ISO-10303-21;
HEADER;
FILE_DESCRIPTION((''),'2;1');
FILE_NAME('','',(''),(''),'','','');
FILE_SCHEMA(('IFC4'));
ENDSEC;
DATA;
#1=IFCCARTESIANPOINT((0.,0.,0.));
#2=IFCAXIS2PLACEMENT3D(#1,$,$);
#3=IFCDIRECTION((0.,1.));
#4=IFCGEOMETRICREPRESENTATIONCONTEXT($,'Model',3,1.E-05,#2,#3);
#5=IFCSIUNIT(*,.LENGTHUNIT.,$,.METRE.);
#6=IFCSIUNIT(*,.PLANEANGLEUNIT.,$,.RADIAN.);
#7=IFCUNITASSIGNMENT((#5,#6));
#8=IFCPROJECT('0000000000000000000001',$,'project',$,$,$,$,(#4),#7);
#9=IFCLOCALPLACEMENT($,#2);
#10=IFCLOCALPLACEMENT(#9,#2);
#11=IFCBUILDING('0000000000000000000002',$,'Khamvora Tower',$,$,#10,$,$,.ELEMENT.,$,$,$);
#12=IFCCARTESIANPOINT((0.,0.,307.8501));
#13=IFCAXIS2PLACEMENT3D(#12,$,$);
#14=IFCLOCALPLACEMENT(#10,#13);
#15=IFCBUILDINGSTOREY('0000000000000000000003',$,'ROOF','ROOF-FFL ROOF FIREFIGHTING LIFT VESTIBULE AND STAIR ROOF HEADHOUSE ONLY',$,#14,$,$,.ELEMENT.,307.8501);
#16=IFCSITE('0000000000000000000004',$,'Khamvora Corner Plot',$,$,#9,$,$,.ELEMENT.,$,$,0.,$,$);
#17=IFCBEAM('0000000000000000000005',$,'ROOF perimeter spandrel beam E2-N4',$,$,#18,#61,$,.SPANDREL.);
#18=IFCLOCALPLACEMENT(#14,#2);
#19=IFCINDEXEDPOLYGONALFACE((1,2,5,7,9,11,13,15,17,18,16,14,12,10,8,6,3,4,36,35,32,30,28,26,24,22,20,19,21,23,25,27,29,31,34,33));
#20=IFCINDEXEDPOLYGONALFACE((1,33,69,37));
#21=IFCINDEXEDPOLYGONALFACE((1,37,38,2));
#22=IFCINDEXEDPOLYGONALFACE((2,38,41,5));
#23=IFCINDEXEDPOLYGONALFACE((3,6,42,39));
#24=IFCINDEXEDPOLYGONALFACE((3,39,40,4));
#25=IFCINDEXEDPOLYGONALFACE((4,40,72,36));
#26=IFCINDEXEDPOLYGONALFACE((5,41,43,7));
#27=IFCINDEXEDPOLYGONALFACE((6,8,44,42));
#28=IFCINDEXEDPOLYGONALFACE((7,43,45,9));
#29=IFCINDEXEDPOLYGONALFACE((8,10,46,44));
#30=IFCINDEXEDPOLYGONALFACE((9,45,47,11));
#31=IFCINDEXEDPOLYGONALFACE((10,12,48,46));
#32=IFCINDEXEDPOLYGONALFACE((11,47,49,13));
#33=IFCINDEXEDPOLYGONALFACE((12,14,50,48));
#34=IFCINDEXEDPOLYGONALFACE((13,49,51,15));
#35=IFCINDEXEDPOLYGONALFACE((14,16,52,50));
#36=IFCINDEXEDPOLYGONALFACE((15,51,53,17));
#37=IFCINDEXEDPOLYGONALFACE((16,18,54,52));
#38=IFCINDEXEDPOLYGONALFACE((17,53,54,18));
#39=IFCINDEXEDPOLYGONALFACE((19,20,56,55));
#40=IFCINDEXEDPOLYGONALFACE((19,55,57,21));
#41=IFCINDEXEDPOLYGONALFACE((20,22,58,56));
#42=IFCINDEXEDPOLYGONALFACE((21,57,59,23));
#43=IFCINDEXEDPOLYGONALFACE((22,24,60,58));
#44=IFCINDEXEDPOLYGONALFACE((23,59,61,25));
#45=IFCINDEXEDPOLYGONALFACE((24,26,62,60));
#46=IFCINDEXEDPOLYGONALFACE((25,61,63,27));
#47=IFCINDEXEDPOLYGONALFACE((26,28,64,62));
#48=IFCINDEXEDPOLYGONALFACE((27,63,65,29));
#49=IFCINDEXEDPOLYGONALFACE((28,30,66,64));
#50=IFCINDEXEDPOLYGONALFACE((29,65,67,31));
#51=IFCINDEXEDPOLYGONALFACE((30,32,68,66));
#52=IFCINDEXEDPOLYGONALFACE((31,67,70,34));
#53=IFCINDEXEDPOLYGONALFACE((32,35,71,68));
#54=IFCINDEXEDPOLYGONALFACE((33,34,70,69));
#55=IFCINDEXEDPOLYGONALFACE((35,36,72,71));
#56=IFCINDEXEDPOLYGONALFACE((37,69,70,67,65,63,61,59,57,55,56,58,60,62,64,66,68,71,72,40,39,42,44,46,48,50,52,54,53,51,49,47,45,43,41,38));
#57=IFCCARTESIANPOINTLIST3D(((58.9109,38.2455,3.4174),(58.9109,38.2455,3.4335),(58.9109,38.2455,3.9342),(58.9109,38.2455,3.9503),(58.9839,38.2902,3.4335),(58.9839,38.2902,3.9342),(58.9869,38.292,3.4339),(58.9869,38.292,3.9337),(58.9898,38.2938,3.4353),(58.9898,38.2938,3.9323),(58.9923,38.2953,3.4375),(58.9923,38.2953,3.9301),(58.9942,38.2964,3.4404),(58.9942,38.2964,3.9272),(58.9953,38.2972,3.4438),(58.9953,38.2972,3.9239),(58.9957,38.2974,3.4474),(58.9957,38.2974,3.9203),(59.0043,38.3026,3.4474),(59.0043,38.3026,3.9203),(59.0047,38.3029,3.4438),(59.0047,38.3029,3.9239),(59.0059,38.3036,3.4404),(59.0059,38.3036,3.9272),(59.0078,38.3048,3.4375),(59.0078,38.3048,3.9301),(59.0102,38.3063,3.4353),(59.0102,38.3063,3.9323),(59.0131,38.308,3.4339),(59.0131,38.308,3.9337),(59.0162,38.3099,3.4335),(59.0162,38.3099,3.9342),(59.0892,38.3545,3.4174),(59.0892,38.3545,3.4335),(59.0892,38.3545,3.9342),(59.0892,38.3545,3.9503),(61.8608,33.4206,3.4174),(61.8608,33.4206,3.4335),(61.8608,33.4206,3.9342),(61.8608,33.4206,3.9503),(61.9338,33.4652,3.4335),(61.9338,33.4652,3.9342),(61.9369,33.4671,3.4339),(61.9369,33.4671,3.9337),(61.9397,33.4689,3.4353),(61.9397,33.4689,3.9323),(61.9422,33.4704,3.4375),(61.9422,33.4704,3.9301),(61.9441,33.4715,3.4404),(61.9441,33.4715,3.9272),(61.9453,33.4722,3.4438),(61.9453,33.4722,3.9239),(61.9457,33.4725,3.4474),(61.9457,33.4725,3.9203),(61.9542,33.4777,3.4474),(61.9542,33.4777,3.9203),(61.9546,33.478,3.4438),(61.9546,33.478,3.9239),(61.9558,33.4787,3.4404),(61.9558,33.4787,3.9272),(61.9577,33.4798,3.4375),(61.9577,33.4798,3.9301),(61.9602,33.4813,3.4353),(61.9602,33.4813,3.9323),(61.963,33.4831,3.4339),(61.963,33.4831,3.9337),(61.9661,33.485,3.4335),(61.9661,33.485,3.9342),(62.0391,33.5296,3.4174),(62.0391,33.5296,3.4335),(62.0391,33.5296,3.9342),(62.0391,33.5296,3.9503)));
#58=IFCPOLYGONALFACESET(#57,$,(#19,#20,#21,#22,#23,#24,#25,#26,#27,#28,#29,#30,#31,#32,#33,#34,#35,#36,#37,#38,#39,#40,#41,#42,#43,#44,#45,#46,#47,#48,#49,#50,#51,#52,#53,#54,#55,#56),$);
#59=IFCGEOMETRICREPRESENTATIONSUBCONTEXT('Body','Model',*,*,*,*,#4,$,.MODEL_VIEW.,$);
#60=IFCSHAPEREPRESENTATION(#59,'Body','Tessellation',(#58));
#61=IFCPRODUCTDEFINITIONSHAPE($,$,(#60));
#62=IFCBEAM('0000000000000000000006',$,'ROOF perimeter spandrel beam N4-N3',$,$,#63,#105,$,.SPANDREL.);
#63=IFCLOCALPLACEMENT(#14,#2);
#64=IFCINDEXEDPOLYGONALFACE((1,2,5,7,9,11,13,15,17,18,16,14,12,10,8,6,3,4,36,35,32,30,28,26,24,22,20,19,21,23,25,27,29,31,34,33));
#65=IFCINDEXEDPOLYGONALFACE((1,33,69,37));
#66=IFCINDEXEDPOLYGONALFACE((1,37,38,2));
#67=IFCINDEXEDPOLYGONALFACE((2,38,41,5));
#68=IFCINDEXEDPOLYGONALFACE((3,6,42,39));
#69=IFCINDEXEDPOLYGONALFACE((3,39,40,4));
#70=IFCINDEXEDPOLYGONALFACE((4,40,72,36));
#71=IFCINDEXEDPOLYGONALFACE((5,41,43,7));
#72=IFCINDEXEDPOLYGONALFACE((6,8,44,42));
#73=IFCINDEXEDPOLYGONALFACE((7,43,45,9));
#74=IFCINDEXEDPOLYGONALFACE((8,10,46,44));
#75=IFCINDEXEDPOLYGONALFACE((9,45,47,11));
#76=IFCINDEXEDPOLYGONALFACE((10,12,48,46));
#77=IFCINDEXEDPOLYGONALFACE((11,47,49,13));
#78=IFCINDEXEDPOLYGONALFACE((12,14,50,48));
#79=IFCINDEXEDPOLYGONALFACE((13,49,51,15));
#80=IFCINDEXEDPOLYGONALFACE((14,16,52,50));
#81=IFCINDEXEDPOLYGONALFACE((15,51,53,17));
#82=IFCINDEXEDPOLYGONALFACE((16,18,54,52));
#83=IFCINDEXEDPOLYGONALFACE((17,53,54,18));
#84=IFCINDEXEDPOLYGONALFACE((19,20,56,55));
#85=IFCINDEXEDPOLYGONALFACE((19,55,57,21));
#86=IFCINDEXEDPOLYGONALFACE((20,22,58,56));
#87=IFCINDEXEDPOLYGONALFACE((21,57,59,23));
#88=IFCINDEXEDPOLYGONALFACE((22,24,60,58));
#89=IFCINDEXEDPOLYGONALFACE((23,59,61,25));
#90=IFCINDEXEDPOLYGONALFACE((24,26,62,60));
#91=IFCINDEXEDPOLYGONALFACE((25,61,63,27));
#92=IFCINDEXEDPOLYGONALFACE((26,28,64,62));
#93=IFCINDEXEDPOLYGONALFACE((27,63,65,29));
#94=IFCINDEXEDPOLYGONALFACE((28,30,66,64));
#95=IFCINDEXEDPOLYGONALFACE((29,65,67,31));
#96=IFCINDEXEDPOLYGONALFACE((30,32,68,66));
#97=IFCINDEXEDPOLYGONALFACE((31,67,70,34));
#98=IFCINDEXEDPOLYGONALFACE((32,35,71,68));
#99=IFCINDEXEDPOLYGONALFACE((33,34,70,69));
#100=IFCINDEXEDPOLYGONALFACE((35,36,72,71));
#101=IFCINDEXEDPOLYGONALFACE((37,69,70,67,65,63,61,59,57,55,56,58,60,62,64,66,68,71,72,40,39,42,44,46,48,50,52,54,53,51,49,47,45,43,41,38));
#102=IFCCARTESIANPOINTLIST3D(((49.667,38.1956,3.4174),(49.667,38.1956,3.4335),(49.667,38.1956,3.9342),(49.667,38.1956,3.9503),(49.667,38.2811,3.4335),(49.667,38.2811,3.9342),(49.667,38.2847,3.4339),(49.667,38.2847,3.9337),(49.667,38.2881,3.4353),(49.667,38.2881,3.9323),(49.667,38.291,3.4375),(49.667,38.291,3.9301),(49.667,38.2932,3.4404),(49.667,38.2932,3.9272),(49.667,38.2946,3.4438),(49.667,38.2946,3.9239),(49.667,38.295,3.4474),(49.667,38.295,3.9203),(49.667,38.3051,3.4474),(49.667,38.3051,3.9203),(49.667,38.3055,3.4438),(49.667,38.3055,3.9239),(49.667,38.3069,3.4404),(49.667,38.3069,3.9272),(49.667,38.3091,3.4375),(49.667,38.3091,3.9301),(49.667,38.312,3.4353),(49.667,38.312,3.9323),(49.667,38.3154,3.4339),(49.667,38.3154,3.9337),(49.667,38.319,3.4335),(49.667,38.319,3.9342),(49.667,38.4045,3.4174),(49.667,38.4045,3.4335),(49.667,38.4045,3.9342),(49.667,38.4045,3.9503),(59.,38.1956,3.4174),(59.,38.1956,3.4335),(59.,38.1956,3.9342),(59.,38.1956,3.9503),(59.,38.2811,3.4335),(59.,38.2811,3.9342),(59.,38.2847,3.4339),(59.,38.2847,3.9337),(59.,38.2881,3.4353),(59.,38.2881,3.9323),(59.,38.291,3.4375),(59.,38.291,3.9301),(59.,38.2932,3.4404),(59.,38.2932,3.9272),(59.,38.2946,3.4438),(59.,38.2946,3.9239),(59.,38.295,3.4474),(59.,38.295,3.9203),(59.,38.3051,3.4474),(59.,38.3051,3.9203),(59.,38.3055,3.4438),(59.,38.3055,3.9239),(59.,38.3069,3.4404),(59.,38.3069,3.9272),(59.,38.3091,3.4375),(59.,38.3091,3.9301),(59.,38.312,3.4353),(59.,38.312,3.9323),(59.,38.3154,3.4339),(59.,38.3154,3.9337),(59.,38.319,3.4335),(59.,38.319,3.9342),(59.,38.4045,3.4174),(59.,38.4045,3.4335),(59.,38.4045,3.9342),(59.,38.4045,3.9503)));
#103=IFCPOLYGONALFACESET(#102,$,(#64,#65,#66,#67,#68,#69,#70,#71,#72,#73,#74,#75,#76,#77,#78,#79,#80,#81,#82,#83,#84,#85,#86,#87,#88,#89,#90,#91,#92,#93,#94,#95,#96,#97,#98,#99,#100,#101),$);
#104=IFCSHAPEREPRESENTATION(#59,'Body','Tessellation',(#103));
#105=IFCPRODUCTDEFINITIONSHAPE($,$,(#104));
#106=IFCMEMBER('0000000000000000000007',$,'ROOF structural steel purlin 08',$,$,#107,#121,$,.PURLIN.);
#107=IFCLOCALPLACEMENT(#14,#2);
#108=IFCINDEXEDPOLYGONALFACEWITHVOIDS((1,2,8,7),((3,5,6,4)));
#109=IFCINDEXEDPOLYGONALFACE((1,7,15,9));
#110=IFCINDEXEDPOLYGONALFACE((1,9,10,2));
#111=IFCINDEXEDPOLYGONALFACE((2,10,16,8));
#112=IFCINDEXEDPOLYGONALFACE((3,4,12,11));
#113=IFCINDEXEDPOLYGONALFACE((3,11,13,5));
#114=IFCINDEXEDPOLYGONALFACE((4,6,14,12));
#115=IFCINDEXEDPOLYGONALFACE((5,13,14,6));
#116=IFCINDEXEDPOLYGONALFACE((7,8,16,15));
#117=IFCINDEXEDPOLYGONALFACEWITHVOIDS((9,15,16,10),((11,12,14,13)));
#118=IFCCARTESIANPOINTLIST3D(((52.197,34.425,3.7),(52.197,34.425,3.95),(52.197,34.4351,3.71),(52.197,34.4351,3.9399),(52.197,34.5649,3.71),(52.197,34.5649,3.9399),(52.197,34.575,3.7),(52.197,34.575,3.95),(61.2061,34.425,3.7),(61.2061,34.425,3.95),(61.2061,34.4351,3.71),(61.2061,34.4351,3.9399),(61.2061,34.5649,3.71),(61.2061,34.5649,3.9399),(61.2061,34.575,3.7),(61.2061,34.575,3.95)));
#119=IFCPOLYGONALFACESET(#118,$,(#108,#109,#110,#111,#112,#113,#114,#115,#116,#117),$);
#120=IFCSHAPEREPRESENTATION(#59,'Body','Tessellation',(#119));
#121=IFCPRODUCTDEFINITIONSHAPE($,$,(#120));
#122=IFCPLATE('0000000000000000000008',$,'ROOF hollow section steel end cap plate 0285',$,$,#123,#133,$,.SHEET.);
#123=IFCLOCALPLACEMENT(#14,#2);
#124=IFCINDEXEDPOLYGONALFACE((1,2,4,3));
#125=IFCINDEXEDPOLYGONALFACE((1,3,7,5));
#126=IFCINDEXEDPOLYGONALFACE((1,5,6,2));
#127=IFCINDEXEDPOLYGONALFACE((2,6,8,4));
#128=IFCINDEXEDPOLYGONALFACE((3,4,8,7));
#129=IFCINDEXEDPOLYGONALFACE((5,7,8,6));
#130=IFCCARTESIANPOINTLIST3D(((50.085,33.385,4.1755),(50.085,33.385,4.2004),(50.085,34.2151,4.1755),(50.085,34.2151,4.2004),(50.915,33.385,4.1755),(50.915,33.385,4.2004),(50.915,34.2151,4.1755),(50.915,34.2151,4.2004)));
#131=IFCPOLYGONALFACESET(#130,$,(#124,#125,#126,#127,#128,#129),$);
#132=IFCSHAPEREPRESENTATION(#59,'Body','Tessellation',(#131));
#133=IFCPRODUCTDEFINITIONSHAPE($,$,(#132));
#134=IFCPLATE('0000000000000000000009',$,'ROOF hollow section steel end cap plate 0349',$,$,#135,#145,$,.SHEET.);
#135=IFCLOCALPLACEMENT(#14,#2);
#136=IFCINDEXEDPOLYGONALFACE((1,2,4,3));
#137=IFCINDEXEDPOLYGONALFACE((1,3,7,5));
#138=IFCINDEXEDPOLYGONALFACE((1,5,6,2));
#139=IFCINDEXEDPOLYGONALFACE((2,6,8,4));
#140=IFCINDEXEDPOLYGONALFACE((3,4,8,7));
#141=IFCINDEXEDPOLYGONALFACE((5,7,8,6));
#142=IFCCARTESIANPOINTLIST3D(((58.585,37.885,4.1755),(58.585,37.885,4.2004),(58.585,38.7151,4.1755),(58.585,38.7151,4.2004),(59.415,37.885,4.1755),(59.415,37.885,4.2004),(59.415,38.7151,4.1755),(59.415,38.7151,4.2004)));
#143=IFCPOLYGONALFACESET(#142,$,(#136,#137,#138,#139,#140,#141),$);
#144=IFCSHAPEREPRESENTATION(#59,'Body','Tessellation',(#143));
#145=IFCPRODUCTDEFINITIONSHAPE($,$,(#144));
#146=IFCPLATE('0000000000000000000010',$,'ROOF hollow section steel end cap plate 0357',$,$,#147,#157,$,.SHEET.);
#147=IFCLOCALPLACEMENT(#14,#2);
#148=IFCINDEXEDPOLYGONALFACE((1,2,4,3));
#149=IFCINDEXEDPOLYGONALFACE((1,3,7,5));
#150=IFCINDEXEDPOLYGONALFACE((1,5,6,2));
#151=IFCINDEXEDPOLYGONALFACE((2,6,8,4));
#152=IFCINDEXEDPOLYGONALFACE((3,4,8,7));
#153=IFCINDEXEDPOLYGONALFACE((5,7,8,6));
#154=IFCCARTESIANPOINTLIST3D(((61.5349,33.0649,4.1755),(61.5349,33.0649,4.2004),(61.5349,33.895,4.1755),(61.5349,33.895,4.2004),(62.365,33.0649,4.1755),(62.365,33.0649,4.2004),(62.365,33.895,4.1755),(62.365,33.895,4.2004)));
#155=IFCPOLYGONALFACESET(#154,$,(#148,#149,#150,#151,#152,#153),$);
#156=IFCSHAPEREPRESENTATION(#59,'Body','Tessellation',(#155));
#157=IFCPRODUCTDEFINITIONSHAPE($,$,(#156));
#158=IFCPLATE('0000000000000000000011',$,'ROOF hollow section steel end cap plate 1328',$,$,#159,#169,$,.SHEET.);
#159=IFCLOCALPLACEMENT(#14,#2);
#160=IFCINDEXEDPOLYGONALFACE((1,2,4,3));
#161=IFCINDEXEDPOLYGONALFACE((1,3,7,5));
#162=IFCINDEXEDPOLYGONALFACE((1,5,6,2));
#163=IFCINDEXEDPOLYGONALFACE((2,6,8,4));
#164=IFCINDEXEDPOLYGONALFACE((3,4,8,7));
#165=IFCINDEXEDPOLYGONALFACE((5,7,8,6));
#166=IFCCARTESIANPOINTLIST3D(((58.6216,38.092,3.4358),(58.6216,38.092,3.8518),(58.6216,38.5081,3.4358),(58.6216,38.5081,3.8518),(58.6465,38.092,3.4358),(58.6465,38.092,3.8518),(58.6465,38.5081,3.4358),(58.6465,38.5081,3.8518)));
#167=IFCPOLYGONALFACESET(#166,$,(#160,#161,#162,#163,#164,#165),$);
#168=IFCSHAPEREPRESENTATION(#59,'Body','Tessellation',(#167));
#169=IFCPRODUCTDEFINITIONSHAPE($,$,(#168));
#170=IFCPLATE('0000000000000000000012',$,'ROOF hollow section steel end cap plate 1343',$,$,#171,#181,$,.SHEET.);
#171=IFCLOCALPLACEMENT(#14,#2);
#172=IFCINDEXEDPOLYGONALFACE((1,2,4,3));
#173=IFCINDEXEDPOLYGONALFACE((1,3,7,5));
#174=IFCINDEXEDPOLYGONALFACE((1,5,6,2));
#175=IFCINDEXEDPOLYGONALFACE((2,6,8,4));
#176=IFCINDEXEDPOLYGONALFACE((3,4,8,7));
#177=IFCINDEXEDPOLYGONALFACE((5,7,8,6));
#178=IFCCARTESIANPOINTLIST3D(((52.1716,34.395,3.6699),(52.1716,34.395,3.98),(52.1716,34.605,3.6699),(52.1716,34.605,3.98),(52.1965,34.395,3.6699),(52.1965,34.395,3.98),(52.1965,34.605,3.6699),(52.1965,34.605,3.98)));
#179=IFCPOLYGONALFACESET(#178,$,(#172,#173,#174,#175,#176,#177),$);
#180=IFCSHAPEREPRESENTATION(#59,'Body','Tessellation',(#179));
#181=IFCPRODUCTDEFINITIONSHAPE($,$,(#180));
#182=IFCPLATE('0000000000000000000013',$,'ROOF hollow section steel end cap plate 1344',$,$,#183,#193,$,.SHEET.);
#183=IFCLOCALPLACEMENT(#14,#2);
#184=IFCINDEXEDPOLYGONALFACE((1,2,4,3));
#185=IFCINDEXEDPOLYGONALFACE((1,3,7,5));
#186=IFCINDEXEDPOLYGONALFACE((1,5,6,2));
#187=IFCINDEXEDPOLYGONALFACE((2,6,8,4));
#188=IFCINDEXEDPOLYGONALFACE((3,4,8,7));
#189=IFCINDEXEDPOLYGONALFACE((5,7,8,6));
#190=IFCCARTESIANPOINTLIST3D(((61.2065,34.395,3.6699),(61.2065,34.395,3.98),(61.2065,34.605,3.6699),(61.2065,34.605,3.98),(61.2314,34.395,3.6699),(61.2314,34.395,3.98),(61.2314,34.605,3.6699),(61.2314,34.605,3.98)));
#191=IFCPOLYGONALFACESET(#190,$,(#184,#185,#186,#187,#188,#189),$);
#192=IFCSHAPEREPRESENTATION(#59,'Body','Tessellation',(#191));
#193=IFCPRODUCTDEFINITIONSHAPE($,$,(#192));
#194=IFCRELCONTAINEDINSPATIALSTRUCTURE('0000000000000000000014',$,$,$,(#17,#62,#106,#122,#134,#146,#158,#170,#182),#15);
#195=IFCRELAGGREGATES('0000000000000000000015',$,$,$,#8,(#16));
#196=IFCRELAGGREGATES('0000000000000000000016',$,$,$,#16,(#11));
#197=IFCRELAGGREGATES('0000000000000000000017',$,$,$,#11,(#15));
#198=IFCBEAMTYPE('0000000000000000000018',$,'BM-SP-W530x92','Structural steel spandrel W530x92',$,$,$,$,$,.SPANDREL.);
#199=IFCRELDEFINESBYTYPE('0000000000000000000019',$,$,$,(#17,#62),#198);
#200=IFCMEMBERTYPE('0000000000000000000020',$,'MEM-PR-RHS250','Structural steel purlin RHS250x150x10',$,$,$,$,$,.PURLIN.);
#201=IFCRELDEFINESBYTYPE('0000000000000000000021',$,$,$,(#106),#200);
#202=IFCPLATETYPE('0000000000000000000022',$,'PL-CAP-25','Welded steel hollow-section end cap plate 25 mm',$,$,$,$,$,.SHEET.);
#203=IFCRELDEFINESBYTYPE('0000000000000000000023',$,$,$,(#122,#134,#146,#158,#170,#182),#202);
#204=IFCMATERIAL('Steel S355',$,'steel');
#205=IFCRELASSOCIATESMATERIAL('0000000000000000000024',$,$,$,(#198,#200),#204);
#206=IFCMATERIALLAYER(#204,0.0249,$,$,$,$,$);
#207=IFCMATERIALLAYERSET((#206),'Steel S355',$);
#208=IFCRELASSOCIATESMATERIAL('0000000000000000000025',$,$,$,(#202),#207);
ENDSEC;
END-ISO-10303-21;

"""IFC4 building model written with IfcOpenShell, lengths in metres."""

from ifc_helpers import new_model, si_unit, direction, frame, origin, origin_2d, place, context, subcontext, project, spatial, rectangle, hollow_rectangle, i_section, extrude, material, layer, layer_set, material_profile, profile_set, type_object, element, save


model = new_model("IFC4")

# Units and contexts
model_context = context("Model", 3, precision=1e-05, world=origin(), true_north=direction((0.0, 1.0)))
body_context = subcontext(model_context, "Body", "Model", "MODEL_VIEW")
ifc_project = project(units=[si_unit("LENGTHUNIT", "METRE"), si_unit("PLANEANGLEUNIT", "RADIAN")], contexts=[model_context])

# Site, building, storey
site_placement = place(None, origin())
site = spatial("IfcSite", under=ifc_project, at=site_placement, Name="Khamvora Corner Plot", CompositionType="ELEMENT", RefElevation=0.0)
building_placement = place(site_placement, origin())
building = spatial("IfcBuilding", under=site, at=building_placement, Name="Khamvora Tower", CompositionType="ELEMENT")
storey_placement = place(building_placement, frame((0.0, 0.0, 307.8501)))
storey = spatial("IfcBuildingStorey", under=building, at=storey_placement, Name="ROOF", Description="ROOF-FFL ROOF FIREFIGHTING LIFT VESTIBULE AND STAIR ROOF HEADHOUSE ONLY", CompositionType="ELEMENT", Elevation=307.8501)

# Shared definitions
ifc_material_1 = material(Name="Steel S355", Category="steel")

# Beams
ifc_material_profile_1 = material_profile(ifc_material_1, i_section(OverallWidth=0.209, OverallDepth=0.533, WebThickness=0.01, FlangeThickness=0.0161, FilletRadius=0.0139, at=origin_2d()), Name="W530x92")
ifc_profile_set_1 = profile_set([ifc_material_profile_1], Name="Steel S355")
beam_type_1 = type_object("IfcBeamType", Name="BM-SP-W530x92", Description="Structural steel spandrel W530x92", PredefinedType="SPANDREL", material=ifc_profile_set_1)
beam_1_placement = place(storey_placement, frame((61.95, 33.4751, 3.6838), z_axis=(-0.521626, 0.853174, 0.0), x_axis=(-0.853174, -0.521626, 0.0)))
element("IfcBeam", 1, at=beam_1_placement, inside=storey, type_object=beam_type_1, Name="ROOF perimeter spandrel beam E2-N4", PredefinedType="SPANDREL", context=body_context, shape_type="SweptSolid", body=[
    extrude(i_section(OverallWidth=0.209, OverallDepth=0.533, WebThickness=0.01, FlangeThickness=0.0161, FilletRadius=0.0139, at=origin_2d()), origin(), (0.0, 0.0, 1.0), 5.6553),
])
beam_2_placement = place(storey_placement, frame((59.0, 38.3, 3.6838), z_axis=(-1.0, 0.0, 0.0), x_axis=(0.0, -1.0, 0.0)))
element("IfcBeam", 2, at=beam_2_placement, inside=storey, type_object=beam_type_1, Name="ROOF perimeter spandrel beam N4-N3", PredefinedType="SPANDREL", context=body_context, shape_type="SweptSolid", body=[
    extrude(i_section(OverallWidth=0.209, OverallDepth=0.533, WebThickness=0.01, FlangeThickness=0.0161, FilletRadius=0.0139, at=origin_2d()), origin(), (0.0, 0.0, 1.0), 9.333),
])

# Member
ifc_material_profile_2 = material_profile(ifc_material_1, hollow_rectangle(XDim=0.1499, YDim=0.25, WallThickness=0.01, at=origin_2d()), Name="RHS250x150x10")
ifc_profile_set_2 = profile_set([ifc_material_profile_2], Name="Steel S355")
member_type = type_object("IfcMemberType", Name="MEM-PR-RHS250", Description="Structural steel purlin RHS250x150x10", PredefinedType="PURLIN", material=ifc_profile_set_2)
member_placement = place(storey_placement, frame((52.197, 34.5, 3.825), z_axis=(1.0, 0.0, 0.0), x_axis=(0.0, 1.0, 0.0)))
element("IfcMember", 3, at=member_placement, inside=storey, type_object=member_type, Name="ROOF structural steel purlin 08", PredefinedType="PURLIN", context=body_context, shape_type="SweptSolid", body=[
    extrude(hollow_rectangle(XDim=0.1499, YDim=0.25, WallThickness=0.01, at=origin_2d()), origin(), (0.0, 0.0, 1.0), 9.009),
])

# Plates
ifc_layer_1 = layer(ifc_material_1, 0.0249)
ifc_layer_set_1 = layer_set([ifc_layer_1], Name="Steel S355")
plate_type_1 = type_object("IfcPlateType", Name="PL-CAP-25", Description="Welded steel hollow-section end cap plate 25 mm", PredefinedType="SHEET", material=ifc_layer_set_1)
for number, where, z_axis, x_axis, name in (
    (4, (50.5, 33.8, 4.1755), (0.0, 0.0, 1.0), (1.0, 0.0, 0.0), "ROOF hollow section steel end cap plate 0285"),
    (5, (59.0, 38.3, 4.1755), (0.0, 0.0, 1.0), (1.0, 0.0, 0.0), "ROOF hollow section steel end cap plate 0349"),
    (6, (61.95, 33.48, 4.1755), (0.0, 0.0, 1.0), (1.0, 0.0, 0.0), "ROOF hollow section steel end cap plate 0357"),
):
    element("IfcPlate", number, at=place(storey_placement, frame(where, z_axis=z_axis, x_axis=x_axis)), inside=storey, type_object=plate_type_1, Name=name, PredefinedType="SHEET", context=body_context, shape_type="SweptSolid", body=[
        extrude(rectangle(XDim=0.8301, YDim=0.8301, at=origin_2d()), origin(), (0.0, 0.0, 1.0), 0.0249),
    ])
plate_1_placement = place(storey_placement, frame((58.634, 38.3, 3.4358), z_axis=(0.0, 0.0, 1.0), x_axis=(1.0, 0.0, 0.0)))
element("IfcPlate", 7, at=plate_1_placement, inside=storey, type_object=plate_type_1, Name="ROOF hollow section steel end cap plate 1328", PredefinedType="SHEET", context=body_context, shape_type="SweptSolid", body=[
    extrude(rectangle(XDim=0.0249, YDim=0.416, at=origin_2d()), origin(), (0.0, 0.0, 1.0), 0.416),
])
for number, where, z_axis, x_axis, name in (
    (8, (52.1841, 34.5, 3.6699), (0.0, 0.0, 1.0), (1.0, 0.0, 0.0), "ROOF hollow section steel end cap plate 1343"),
    (9, (61.219, 34.5, 3.6699), (0.0, 0.0, 1.0), (1.0, 0.0, 0.0), "ROOF hollow section steel end cap plate 1344"),
):
    element("IfcPlate", number, at=place(storey_placement, frame(where, z_axis=z_axis, x_axis=x_axis)), inside=storey, type_object=plate_type_1, Name=name, PredefinedType="SHEET", context=body_context, shape_type="SweptSolid", body=[
        extrude(rectangle(XDim=0.0249, YDim=0.21, at=origin_2d()), origin(), (0.0, 0.0, 1.0), 0.3101),
    ])

save(model, "model.ifc")
